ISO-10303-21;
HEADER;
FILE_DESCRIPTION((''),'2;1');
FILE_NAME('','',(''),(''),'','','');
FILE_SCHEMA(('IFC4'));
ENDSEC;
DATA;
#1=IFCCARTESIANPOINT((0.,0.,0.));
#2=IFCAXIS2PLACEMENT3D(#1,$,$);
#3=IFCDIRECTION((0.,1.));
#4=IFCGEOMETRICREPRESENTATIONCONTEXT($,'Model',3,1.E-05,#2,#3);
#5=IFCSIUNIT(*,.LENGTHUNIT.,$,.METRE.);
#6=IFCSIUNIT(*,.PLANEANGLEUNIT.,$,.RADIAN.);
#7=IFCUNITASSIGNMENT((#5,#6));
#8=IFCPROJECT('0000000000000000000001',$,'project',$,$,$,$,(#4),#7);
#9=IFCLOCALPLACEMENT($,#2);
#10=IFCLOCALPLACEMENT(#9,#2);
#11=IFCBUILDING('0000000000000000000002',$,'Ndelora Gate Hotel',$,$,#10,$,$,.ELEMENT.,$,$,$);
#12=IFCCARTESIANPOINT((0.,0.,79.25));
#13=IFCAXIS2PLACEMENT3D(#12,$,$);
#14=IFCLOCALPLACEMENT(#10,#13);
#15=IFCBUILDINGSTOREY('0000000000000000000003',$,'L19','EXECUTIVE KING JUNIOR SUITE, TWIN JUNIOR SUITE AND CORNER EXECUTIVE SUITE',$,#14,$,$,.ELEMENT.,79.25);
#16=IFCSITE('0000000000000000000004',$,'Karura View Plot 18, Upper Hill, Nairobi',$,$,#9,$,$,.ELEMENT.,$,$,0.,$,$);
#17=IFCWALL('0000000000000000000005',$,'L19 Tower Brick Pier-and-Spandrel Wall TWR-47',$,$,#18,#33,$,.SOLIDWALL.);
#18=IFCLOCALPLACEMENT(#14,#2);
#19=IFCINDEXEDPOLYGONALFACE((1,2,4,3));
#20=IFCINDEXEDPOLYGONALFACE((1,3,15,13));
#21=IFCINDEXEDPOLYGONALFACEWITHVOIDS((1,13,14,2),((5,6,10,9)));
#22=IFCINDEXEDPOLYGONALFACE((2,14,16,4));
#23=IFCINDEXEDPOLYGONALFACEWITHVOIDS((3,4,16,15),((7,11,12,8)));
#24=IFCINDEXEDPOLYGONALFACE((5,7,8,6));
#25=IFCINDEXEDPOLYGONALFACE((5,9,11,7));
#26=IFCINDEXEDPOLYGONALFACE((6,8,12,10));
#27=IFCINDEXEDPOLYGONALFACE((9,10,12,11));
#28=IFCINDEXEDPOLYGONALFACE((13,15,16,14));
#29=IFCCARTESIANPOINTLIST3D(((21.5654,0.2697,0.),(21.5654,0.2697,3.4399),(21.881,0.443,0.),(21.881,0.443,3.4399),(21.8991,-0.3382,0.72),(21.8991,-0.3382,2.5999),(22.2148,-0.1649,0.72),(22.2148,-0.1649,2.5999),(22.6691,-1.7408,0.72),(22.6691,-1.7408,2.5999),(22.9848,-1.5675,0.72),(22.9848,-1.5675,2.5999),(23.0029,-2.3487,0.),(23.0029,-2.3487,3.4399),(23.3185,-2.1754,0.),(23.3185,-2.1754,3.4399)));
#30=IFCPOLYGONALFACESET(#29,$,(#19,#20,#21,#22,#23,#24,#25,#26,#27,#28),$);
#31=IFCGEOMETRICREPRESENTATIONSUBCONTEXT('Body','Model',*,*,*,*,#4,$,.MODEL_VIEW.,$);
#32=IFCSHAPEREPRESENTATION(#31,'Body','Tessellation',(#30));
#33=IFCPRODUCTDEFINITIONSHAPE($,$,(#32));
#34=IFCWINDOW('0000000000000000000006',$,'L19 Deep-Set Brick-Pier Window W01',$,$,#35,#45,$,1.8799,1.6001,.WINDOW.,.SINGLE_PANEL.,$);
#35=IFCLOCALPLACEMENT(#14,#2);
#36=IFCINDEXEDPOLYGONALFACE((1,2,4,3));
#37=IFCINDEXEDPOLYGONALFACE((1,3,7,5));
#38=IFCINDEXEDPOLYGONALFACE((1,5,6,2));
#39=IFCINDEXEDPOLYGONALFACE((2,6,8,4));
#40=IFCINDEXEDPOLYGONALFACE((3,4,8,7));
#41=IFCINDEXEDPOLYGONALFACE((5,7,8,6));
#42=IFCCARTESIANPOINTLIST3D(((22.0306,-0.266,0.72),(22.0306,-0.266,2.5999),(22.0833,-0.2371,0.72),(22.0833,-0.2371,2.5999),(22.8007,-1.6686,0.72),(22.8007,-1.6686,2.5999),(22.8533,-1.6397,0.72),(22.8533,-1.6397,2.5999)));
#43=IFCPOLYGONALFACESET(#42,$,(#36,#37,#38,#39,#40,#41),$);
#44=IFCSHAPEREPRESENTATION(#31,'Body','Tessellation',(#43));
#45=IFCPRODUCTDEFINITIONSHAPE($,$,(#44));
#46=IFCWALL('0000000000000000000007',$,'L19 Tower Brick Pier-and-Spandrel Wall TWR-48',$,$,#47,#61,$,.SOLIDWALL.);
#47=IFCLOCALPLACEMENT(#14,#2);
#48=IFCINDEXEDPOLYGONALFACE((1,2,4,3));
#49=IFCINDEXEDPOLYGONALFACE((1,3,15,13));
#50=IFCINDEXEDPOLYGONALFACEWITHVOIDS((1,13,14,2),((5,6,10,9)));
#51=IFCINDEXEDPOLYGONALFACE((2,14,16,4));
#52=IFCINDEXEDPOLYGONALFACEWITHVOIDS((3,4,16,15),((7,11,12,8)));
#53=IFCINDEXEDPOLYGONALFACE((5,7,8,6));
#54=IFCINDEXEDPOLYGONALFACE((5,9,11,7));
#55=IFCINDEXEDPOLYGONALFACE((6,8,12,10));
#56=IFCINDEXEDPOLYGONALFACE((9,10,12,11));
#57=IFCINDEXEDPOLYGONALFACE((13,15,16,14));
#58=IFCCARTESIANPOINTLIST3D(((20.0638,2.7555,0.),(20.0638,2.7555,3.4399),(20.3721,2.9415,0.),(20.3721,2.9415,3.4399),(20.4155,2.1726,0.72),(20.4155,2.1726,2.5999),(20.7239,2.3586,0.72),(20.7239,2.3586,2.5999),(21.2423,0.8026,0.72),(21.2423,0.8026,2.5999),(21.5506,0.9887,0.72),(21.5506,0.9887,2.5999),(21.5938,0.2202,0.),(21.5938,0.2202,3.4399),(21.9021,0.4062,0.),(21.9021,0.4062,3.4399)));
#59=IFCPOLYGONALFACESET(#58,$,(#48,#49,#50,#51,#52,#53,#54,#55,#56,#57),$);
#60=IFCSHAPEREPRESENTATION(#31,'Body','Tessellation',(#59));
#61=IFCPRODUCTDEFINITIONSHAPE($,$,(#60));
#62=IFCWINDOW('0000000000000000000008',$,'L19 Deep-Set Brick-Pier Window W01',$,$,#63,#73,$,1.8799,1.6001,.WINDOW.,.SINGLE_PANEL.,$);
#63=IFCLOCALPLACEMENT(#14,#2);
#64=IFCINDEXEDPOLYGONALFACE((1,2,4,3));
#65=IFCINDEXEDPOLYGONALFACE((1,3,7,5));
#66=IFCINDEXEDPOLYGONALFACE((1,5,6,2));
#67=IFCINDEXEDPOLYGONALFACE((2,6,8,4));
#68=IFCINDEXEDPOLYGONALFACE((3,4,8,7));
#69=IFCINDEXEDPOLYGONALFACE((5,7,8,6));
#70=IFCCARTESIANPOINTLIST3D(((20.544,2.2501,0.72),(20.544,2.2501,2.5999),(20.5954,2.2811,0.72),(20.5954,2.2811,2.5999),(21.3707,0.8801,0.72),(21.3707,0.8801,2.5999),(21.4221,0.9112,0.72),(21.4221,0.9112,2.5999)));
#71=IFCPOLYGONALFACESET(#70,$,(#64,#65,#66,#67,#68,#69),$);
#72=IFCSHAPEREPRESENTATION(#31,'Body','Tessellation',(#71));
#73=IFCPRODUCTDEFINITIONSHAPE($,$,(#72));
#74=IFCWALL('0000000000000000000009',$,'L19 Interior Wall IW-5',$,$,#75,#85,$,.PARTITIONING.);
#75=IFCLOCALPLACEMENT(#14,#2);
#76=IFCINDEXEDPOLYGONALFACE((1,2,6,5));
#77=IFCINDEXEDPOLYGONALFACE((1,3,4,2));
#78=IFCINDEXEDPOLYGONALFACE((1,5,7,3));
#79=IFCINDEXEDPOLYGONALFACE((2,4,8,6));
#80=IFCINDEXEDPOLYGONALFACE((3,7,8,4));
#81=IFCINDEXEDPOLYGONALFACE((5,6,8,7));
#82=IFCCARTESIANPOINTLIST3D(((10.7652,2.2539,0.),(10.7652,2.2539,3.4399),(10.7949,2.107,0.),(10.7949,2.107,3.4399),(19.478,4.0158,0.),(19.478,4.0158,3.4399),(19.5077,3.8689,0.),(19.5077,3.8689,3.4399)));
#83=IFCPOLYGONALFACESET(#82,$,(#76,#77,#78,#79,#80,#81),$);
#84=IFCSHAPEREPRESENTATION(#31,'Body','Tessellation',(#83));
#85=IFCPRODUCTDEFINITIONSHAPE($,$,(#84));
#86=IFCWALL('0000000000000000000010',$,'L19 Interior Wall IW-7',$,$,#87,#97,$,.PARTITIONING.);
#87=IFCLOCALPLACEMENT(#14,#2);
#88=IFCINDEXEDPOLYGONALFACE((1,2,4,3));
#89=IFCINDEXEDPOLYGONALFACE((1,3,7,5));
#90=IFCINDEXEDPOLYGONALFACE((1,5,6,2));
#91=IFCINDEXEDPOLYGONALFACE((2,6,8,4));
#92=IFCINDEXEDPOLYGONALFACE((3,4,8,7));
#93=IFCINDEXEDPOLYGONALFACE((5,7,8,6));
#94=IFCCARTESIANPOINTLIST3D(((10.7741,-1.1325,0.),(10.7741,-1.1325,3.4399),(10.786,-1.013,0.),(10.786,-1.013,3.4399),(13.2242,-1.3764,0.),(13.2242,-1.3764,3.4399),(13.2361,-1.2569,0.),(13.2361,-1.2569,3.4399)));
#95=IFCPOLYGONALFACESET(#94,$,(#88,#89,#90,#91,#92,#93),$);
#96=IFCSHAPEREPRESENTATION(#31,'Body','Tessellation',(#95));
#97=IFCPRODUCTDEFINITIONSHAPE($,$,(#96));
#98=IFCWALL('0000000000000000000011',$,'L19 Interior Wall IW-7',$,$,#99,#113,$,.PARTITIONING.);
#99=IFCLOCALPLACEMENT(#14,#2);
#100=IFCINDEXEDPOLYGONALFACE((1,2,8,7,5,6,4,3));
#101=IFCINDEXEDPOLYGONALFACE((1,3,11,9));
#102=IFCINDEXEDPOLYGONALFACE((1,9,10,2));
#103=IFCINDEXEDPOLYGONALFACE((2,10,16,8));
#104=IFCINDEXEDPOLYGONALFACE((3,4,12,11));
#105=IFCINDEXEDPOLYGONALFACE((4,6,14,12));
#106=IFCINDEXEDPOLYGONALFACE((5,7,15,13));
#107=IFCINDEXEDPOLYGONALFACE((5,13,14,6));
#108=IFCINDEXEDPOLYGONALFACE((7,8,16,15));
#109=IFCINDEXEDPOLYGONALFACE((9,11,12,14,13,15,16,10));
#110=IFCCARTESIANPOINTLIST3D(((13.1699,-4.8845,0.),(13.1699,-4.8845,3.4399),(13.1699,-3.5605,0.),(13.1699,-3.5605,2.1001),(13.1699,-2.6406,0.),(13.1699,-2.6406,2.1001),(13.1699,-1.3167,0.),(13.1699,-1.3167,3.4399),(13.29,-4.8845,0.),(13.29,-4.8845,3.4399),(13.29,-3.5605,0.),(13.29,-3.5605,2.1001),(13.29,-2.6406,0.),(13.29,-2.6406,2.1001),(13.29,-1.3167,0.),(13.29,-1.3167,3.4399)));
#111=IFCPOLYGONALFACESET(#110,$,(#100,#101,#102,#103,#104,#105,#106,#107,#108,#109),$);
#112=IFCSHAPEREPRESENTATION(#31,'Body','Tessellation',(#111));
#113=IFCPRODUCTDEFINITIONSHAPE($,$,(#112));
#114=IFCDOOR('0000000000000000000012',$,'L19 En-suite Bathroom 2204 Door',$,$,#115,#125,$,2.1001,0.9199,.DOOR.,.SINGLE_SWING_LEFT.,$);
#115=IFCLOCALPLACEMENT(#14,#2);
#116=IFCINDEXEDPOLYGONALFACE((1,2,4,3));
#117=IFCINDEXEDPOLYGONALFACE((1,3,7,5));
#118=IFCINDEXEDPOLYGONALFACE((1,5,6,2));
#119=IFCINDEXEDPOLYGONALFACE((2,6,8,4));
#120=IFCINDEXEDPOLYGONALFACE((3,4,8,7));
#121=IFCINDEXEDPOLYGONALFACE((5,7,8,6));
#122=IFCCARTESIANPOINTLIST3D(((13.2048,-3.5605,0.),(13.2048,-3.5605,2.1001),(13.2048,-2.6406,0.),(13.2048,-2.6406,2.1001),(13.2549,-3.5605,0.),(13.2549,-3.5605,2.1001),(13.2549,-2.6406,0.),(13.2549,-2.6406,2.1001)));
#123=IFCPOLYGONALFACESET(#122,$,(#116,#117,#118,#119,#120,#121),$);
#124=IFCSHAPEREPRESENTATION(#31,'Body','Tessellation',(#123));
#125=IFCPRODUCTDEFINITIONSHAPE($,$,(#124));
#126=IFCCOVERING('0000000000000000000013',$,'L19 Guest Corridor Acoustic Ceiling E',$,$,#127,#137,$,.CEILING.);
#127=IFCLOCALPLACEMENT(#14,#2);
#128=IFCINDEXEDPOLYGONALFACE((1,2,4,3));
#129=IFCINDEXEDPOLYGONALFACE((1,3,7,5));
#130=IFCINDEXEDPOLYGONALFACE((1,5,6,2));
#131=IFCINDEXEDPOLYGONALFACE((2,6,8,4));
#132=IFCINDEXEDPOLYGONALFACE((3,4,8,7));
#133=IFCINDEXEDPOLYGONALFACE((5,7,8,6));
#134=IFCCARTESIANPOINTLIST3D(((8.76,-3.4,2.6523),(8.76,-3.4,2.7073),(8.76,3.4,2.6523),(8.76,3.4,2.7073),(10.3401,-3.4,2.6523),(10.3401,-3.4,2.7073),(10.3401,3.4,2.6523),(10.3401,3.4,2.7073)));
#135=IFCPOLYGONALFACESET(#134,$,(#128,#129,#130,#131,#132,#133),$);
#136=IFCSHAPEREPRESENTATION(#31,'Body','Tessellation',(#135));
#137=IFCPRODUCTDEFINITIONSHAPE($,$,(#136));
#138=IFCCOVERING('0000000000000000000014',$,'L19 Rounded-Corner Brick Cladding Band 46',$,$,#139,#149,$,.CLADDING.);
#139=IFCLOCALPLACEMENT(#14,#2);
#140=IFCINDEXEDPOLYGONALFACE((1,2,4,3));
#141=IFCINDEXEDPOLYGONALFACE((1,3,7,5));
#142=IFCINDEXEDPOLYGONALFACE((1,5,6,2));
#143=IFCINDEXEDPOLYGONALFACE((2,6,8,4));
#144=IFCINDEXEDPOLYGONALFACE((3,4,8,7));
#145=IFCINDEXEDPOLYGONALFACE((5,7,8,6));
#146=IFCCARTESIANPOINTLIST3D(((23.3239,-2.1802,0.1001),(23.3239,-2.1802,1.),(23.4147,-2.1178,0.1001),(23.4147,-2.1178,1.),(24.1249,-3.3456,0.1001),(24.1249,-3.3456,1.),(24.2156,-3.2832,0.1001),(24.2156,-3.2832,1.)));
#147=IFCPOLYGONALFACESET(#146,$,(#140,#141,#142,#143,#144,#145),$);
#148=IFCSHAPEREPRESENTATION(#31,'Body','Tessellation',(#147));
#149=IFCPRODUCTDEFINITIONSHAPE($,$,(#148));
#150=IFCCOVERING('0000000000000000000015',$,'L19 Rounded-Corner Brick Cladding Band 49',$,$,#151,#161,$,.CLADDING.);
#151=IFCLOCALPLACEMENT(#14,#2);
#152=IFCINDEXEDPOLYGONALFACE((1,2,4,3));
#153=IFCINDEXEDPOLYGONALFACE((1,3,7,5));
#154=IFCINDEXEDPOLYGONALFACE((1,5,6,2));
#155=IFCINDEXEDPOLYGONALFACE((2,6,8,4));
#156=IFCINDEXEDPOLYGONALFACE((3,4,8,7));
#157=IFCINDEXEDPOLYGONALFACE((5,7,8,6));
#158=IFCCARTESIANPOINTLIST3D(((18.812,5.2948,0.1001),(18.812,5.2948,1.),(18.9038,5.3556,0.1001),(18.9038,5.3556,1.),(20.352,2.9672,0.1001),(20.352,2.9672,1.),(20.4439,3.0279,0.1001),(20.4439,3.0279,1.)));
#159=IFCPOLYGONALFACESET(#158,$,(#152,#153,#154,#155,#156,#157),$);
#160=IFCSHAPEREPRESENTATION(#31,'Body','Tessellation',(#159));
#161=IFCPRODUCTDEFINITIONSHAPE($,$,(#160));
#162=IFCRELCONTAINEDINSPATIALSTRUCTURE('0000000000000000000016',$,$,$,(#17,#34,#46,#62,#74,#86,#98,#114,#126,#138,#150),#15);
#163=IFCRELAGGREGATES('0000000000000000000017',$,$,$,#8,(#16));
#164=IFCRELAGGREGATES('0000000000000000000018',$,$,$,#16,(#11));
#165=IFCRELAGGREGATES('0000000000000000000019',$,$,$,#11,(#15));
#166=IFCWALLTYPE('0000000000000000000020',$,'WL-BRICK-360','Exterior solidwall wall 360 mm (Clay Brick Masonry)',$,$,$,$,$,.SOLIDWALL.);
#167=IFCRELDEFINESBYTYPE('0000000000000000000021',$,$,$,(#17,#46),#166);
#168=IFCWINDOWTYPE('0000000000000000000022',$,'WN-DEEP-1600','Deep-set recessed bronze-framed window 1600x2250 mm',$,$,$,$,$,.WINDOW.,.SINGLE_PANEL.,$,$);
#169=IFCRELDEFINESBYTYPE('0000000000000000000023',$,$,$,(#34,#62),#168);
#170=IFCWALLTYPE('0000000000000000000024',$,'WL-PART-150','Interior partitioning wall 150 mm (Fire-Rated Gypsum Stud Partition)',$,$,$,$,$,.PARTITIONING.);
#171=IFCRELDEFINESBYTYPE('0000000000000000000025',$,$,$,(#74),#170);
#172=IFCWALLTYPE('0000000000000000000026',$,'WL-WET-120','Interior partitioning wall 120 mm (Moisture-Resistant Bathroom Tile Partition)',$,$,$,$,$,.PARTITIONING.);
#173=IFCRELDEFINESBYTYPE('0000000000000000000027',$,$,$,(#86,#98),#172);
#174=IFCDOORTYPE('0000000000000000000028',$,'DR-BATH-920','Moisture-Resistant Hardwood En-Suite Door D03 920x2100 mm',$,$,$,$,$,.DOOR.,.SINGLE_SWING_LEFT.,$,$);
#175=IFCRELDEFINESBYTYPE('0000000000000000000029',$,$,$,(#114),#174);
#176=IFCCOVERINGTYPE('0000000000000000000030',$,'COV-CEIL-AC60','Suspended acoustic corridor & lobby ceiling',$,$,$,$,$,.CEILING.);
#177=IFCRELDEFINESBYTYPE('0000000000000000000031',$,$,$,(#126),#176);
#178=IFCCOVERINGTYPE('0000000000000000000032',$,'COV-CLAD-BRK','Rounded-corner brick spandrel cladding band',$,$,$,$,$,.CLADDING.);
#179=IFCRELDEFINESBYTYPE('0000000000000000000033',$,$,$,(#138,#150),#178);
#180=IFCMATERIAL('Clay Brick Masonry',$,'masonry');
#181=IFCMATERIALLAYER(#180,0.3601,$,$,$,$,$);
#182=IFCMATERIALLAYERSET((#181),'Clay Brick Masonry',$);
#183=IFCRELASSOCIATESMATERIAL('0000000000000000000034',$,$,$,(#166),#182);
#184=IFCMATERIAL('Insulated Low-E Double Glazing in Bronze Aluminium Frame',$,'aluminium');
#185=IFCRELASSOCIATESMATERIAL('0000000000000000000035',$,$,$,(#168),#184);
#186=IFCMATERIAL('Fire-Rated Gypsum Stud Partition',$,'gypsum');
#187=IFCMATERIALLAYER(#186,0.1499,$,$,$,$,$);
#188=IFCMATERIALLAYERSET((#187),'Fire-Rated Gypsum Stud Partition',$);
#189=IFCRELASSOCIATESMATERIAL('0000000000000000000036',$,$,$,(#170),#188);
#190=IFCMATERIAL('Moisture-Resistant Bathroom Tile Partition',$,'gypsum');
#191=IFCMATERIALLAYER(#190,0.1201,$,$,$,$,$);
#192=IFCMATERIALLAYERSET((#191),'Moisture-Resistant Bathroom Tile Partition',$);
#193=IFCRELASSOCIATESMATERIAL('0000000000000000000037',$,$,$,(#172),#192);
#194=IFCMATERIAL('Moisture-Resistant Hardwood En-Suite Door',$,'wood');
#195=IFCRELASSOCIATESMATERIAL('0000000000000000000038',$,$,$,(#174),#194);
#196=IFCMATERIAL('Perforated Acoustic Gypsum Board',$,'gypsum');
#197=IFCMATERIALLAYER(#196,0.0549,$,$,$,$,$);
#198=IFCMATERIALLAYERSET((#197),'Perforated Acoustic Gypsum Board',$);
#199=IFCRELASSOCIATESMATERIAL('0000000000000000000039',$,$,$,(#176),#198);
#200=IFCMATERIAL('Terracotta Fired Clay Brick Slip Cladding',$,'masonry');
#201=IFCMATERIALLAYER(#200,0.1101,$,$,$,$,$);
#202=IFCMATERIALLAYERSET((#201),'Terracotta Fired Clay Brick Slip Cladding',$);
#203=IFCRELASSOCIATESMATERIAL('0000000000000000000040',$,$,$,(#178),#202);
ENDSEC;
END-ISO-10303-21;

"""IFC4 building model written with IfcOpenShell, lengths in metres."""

from ifc_helpers import new_model, si_unit, direction, frame, frame_2d, origin, origin_2d, place, context, subcontext, project, spatial, rectangle, extrude, material, layer, layer_set, type_object, element, fill, save


model = new_model("IFC4")

# Units and contexts
model_context = context("Model", 3, precision=1e-05, world=origin(), true_north=direction((0.0, 1.0)))
body_context = subcontext(model_context, "Body", "Model", "MODEL_VIEW")
ifc_project = project(units=[si_unit("LENGTHUNIT", "METRE"), si_unit("PLANEANGLEUNIT", "RADIAN")], contexts=[model_context])

# Site, building, storey
site_placement = place(None, origin())
site = spatial("IfcSite", under=ifc_project, at=site_placement, Name="Karura View Plot 18, Upper Hill, Nairobi", CompositionType="ELEMENT", RefElevation=0.0)
building_placement = place(site_placement, origin())
building = spatial("IfcBuilding", under=site, at=building_placement, Name="Ndelora Gate Hotel", CompositionType="ELEMENT")
storey_placement = place(building_placement, frame((0.0, 0.0, 79.25)))
storey = spatial("IfcBuildingStorey", under=building, at=storey_placement, Name="L19", Description="EXECUTIVE KING JUNIOR SUITE, TWIN JUNIOR SUITE AND CORNER EXECUTIVE SUITE", CompositionType="ELEMENT", Elevation=79.25)

# Shared definitions
ifc_material_1 = material(Name="Clay Brick Masonry", Category="masonry")
ifc_layer_1 = layer(ifc_material_1, 0.3601)
ifc_layer_set_1 = layer_set([ifc_layer_1], Name="Clay Brick Masonry")
wall_type_1 = type_object("IfcWallType", Name="WL-BRICK-360", Description="Exterior solidwall wall 360 mm (Clay Brick Masonry)", PredefinedType="SOLIDWALL", material=ifc_layer_set_1)

# Walls, openings, windows
wall_1_placement = place(storey_placement, frame((21.7231, 0.3564, 0.0), z_axis=(0.0, 0.0, 1.0), x_axis=(0.481244, -0.876587, 0.0)))
wall_1 = element("IfcWall", 1, at=wall_1_placement, inside=storey, type_object=wall_type_1, Name="L19 Tower Brick Pier-and-Spandrel Wall TWR-47", PredefinedType="SOLIDWALL", context=body_context, shape_type="SweptSolid", body=[
    extrude(rectangle(XDim=2.9871, YDim=0.3601, at=frame_2d((1.4937, 0.0))), origin(), (0.0, 0.0, 1.0), 3.4399),
])
opening_1_placement = place(wall_1_placement, frame((0.6936, 0.0, 0.72)))
opening_1 = element("IfcOpeningElement", 2, at=opening_1_placement, cuts=wall_1, PredefinedType="OPENING", context=body_context, shape_type="SweptSolid", body=[
    extrude(rectangle(XDim=1.6001, YDim=1.8799, at=frame_2d((0.8, 0.9399))), frame((0.0, 0.1899, 0.0), z_axis=(0.0, -1.0, 0.0), x_axis=(1.0, 0.0, 0.0)), (0.0, 0.0, 1.0), 0.3801),
])
ifc_material_2 = material(Name="Insulated Low-E Double Glazing in Bronze Aluminium Frame", Category="aluminium")
window_type = type_object("IfcWindowType", Name="WN-DEEP-1600", Description="Deep-set recessed bronze-framed window 1600x2250 mm", PartitioningType="SINGLE_PANEL", PredefinedType="WINDOW", material=ifc_material_2)
window_1_placement = place(opening_1_placement, origin())
window_1 = element("IfcWindow", 3, at=window_1_placement, inside=storey, type_object=window_type, Name="L19 Deep-Set Brick-Pier Window W01", OverallHeight=1.8799, OverallWidth=1.6001, PartitioningType="SINGLE_PANEL", PredefinedType="WINDOW", context=body_context, shape_type="SweptSolid", body=[
    extrude(rectangle(XDim=1.6001, YDim=1.8799, at=frame_2d((0.8, 0.9399))), frame((0.0, 0.03, 0.0), z_axis=(0.0, -1.0, 0.0), x_axis=(1.0, 0.0, 0.0)), (0.0, 0.0, 1.0), 0.0601),
])
fill(opening_1, window_1)
wall_2_placement = place(storey_placement, frame((20.218, 2.8484, 0.0), z_axis=(0.0, 0.0, 1.0), x_axis=(0.516676, -0.856181, 0.0)))
wall_2 = element("IfcWall", 4, at=wall_2_placement, inside=storey, type_object=wall_type_1, Name="L19 Tower Brick Pier-and-Spandrel Wall TWR-48", PredefinedType="SOLIDWALL", context=body_context, shape_type="SweptSolid", body=[
    extrude(rectangle(XDim=2.9612, YDim=0.3601, at=frame_2d((1.4805, 0.0))), origin(), (0.0, 0.0, 1.0), 3.4399),
])
opening_2_placement = place(wall_2_placement, frame((0.6807, 0.0, 0.72)))
opening_2 = element("IfcOpeningElement", 5, at=opening_2_placement, cuts=wall_2, PredefinedType="OPENING", context=body_context, shape_type="SweptSolid", body=[
    extrude(rectangle(XDim=1.6001, YDim=1.8799, at=frame_2d((0.8, 0.9399))), frame((0.0, 0.1899, 0.0), z_axis=(0.0, -1.0, 0.0), x_axis=(1.0, 0.0, 0.0)), (0.0, 0.0, 1.0), 0.3801),
])
window_2_placement = place(opening_2_placement, origin())
window_2 = element("IfcWindow", 6, at=window_2_placement, inside=storey, type_object=window_type, Name="L19 Deep-Set Brick-Pier Window W01", OverallHeight=1.8799, OverallWidth=1.6001, PartitioningType="SINGLE_PANEL", PredefinedType="WINDOW", context=body_context, shape_type="SweptSolid", body=[
    extrude(rectangle(XDim=1.6001, YDim=1.8799, at=frame_2d((0.8, 0.9399))), frame((0.0, 0.03, 0.0), z_axis=(0.0, -1.0, 0.0), x_axis=(1.0, 0.0, 0.0)), (0.0, 0.0, 1.0), 0.0601),
])
fill(opening_2, window_2)

# Walls
ifc_material_3 = material(Name="Fire-Rated Gypsum Stud Partition", Category="gypsum")
ifc_layer_2 = layer(ifc_material_3, 0.1499)
ifc_layer_set_2 = layer_set([ifc_layer_2], Name="Fire-Rated Gypsum Stud Partition")
wall_type_2 = type_object("IfcWallType", Name="WL-PART-150", Description="Interior partitioning wall 150 mm (Fire-Rated Gypsum Stud Partition)", PredefinedType="PARTITIONING", material=ifc_layer_set_2)
wall_3_placement = place(storey_placement, frame((10.78, 2.1804, 0.0), z_axis=(0.0, 0.0, 1.0), x_axis=(0.980159, 0.198213, 0.0)))
element("IfcWall", 7, at=wall_3_placement, inside=storey, type_object=wall_type_2, Name="L19 Interior Wall IW-5", PredefinedType="PARTITIONING", context=body_context, shape_type="SweptSolid", body=[
    extrude(rectangle(XDim=8.8892, YDim=0.1499, at=frame_2d((4.4446, 0.0))), origin(), (0.0, 0.0, 1.0), 3.4399),
])
ifc_material_4 = material(Name="Moisture-Resistant Bathroom Tile Partition", Category="gypsum")
ifc_layer_3 = layer(ifc_material_4, 0.1201)
ifc_layer_set_3 = layer_set([ifc_layer_3], Name="Moisture-Resistant Bathroom Tile Partition")
wall_type_3 = type_object("IfcWallType", Name="WL-WET-120", Description="Interior partitioning wall 120 mm (Moisture-Resistant Bathroom Tile Partition)", PredefinedType="PARTITIONING", material=ifc_layer_set_3)
wall_4_placement = place(storey_placement, frame((13.23, -1.3167, 0.0), z_axis=(0.0, 0.0, 1.0), x_axis=(-0.995081, 0.099062, 0.0)))
element("IfcWall", 8, at=wall_4_placement, inside=storey, type_object=wall_type_3, Name="L19 Interior Wall IW-7", PredefinedType="PARTITIONING", context=body_context, shape_type="SweptSolid", body=[
    extrude(rectangle(XDim=2.4622, YDim=0.1201, at=frame_2d((1.231, 0.0))), origin(), (0.0, 0.0, 1.0), 3.4399),
])

# Wall, opening, door
wall_5_placement = place(storey_placement, frame((13.23, -1.3167, 0.0), z_axis=(0.0, 0.0, 1.0), x_axis=(0.0, -1.0, 0.0)))
wall_5 = element("IfcWall", 9, at=wall_5_placement, inside=storey, type_object=wall_type_3, Name="L19 Interior Wall IW-7", PredefinedType="PARTITIONING", context=body_context, shape_type="SweptSolid", body=[
    extrude(rectangle(XDim=3.5679, YDim=0.1201, at=frame_2d((1.7839, 0.0))), origin(), (0.0, 0.0, 1.0), 3.4399),
])
opening_3_placement = place(wall_5_placement, frame((1.324, 0.0, 0.0)))
opening_3 = element("IfcOpeningElement", 10, at=opening_3_placement, cuts=wall_5, PredefinedType="OPENING", context=body_context, shape_type="SweptSolid", body=[
    extrude(rectangle(XDim=0.9199, YDim=2.1001, at=frame_2d((0.46, 1.05))), frame((0.0, 0.0701, 0.0), z_axis=(0.0, -1.0, 0.0), x_axis=(1.0, 0.0, 0.0)), (0.0, 0.0, 1.0), 0.1401),
])
ifc_material_5 = material(Name="Moisture-Resistant Hardwood En-Suite Door", Category="wood")
door_type_1 = type_object("IfcDoorType", Name="DR-BATH-920", Description="Moisture-Resistant Hardwood En-Suite Door D03 920x2100 mm", OperationType="SINGLE_SWING_LEFT", PredefinedType="DOOR", material=ifc_material_5)
door_1_placement = place(opening_3_placement, origin())
door_1 = element("IfcDoor", 11, at=door_1_placement, inside=storey, type_object=door_type_1, Name="L19 En-suite Bathroom 2204 Door", OperationType="SINGLE_SWING_LEFT", OverallHeight=2.1001, OverallWidth=0.9199, PredefinedType="DOOR", context=body_context, shape_type="SweptSolid", body=[
    extrude(rectangle(XDim=0.9199, YDim=2.1001, at=frame_2d((0.46, 1.05))), frame((0.0, 0.0249, 0.0), z_axis=(0.0, -1.0, 0.0), x_axis=(1.0, 0.0, 0.0)), (0.0, 0.0, 1.0), 0.05),
])
fill(opening_3, door_1)

# Coverings
ifc_material_6 = material(Name="Perforated Acoustic Gypsum Board", Category="gypsum")
ifc_layer_4 = layer(ifc_material_6, 0.0549)
ifc_layer_set_4 = layer_set([ifc_layer_4], Name="Perforated Acoustic Gypsum Board")
covering_type_1 = type_object("IfcCoveringType", Name="COV-CEIL-AC60", Description="Suspended acoustic corridor & lobby ceiling", PredefinedType="CEILING", material=ifc_layer_set_4)
covering_1_placement = place(storey_placement, frame((9.55, 0.0, 2.6523), z_axis=(0.0, 0.0, 1.0), x_axis=(1.0, 0.0, 0.0)))
element("IfcCovering", 12, at=covering_1_placement, inside=storey, type_object=covering_type_1, Name="L19 Guest Corridor Acoustic Ceiling E", PredefinedType="CEILING", context=body_context, shape_type="SweptSolid", body=[
    extrude(rectangle(XDim=1.5801, YDim=6.8, at=origin_2d()), origin(), (0.0, 0.0, 1.0), 0.0549),
])
ifc_material_7 = material(Name="Terracotta Fired Clay Brick Slip Cladding", Category="masonry")
ifc_layer_5 = layer(ifc_material_7, 0.1101)
ifc_layer_set_5 = layer_set([ifc_layer_5], Name="Terracotta Fired Clay Brick Slip Cladding")
covering_type_2 = type_object("IfcCoveringType", Name="COV-CLAD-BRK", Description="Rounded-corner brick spandrel cladding band", PredefinedType="CLADDING", material=ifc_layer_set_5)
covering_2_placement = place(storey_placement, frame((23.7698, -2.7317, 0.1001), z_axis=(0.0, 0.0, 1.0), x_axis=(-0.566406, 0.824126, 0.0)))
element("IfcCovering", 13, at=covering_2_placement, inside=storey, type_object=covering_type_2, Name="L19 Rounded-Corner Brick Cladding Band 46", PredefinedType="CLADDING", context=body_context, shape_type="SweptSolid", body=[
    extrude(rectangle(XDim=1.4141, YDim=0.1101, at=origin_2d()), origin(), (0.0, 0.0, 1.0), 0.8999),
])
covering_3_placement = place(storey_placement, frame((19.6279, 4.1614, 0.1001), z_axis=(0.0, 0.0, 1.0), x_axis=(-0.551791, 0.833982, 0.0)))
element("IfcCovering", 14, at=covering_3_placement, inside=storey, type_object=covering_type_2, Name="L19 Rounded-Corner Brick Cladding Band 49", PredefinedType="CLADDING", context=body_context, shape_type="SweptSolid", body=[
    extrude(rectangle(XDim=2.791, YDim=0.1101, at=origin_2d()), origin(), (0.0, 0.0, 1.0), 0.8999),
])

save(model, "model.ifc")
